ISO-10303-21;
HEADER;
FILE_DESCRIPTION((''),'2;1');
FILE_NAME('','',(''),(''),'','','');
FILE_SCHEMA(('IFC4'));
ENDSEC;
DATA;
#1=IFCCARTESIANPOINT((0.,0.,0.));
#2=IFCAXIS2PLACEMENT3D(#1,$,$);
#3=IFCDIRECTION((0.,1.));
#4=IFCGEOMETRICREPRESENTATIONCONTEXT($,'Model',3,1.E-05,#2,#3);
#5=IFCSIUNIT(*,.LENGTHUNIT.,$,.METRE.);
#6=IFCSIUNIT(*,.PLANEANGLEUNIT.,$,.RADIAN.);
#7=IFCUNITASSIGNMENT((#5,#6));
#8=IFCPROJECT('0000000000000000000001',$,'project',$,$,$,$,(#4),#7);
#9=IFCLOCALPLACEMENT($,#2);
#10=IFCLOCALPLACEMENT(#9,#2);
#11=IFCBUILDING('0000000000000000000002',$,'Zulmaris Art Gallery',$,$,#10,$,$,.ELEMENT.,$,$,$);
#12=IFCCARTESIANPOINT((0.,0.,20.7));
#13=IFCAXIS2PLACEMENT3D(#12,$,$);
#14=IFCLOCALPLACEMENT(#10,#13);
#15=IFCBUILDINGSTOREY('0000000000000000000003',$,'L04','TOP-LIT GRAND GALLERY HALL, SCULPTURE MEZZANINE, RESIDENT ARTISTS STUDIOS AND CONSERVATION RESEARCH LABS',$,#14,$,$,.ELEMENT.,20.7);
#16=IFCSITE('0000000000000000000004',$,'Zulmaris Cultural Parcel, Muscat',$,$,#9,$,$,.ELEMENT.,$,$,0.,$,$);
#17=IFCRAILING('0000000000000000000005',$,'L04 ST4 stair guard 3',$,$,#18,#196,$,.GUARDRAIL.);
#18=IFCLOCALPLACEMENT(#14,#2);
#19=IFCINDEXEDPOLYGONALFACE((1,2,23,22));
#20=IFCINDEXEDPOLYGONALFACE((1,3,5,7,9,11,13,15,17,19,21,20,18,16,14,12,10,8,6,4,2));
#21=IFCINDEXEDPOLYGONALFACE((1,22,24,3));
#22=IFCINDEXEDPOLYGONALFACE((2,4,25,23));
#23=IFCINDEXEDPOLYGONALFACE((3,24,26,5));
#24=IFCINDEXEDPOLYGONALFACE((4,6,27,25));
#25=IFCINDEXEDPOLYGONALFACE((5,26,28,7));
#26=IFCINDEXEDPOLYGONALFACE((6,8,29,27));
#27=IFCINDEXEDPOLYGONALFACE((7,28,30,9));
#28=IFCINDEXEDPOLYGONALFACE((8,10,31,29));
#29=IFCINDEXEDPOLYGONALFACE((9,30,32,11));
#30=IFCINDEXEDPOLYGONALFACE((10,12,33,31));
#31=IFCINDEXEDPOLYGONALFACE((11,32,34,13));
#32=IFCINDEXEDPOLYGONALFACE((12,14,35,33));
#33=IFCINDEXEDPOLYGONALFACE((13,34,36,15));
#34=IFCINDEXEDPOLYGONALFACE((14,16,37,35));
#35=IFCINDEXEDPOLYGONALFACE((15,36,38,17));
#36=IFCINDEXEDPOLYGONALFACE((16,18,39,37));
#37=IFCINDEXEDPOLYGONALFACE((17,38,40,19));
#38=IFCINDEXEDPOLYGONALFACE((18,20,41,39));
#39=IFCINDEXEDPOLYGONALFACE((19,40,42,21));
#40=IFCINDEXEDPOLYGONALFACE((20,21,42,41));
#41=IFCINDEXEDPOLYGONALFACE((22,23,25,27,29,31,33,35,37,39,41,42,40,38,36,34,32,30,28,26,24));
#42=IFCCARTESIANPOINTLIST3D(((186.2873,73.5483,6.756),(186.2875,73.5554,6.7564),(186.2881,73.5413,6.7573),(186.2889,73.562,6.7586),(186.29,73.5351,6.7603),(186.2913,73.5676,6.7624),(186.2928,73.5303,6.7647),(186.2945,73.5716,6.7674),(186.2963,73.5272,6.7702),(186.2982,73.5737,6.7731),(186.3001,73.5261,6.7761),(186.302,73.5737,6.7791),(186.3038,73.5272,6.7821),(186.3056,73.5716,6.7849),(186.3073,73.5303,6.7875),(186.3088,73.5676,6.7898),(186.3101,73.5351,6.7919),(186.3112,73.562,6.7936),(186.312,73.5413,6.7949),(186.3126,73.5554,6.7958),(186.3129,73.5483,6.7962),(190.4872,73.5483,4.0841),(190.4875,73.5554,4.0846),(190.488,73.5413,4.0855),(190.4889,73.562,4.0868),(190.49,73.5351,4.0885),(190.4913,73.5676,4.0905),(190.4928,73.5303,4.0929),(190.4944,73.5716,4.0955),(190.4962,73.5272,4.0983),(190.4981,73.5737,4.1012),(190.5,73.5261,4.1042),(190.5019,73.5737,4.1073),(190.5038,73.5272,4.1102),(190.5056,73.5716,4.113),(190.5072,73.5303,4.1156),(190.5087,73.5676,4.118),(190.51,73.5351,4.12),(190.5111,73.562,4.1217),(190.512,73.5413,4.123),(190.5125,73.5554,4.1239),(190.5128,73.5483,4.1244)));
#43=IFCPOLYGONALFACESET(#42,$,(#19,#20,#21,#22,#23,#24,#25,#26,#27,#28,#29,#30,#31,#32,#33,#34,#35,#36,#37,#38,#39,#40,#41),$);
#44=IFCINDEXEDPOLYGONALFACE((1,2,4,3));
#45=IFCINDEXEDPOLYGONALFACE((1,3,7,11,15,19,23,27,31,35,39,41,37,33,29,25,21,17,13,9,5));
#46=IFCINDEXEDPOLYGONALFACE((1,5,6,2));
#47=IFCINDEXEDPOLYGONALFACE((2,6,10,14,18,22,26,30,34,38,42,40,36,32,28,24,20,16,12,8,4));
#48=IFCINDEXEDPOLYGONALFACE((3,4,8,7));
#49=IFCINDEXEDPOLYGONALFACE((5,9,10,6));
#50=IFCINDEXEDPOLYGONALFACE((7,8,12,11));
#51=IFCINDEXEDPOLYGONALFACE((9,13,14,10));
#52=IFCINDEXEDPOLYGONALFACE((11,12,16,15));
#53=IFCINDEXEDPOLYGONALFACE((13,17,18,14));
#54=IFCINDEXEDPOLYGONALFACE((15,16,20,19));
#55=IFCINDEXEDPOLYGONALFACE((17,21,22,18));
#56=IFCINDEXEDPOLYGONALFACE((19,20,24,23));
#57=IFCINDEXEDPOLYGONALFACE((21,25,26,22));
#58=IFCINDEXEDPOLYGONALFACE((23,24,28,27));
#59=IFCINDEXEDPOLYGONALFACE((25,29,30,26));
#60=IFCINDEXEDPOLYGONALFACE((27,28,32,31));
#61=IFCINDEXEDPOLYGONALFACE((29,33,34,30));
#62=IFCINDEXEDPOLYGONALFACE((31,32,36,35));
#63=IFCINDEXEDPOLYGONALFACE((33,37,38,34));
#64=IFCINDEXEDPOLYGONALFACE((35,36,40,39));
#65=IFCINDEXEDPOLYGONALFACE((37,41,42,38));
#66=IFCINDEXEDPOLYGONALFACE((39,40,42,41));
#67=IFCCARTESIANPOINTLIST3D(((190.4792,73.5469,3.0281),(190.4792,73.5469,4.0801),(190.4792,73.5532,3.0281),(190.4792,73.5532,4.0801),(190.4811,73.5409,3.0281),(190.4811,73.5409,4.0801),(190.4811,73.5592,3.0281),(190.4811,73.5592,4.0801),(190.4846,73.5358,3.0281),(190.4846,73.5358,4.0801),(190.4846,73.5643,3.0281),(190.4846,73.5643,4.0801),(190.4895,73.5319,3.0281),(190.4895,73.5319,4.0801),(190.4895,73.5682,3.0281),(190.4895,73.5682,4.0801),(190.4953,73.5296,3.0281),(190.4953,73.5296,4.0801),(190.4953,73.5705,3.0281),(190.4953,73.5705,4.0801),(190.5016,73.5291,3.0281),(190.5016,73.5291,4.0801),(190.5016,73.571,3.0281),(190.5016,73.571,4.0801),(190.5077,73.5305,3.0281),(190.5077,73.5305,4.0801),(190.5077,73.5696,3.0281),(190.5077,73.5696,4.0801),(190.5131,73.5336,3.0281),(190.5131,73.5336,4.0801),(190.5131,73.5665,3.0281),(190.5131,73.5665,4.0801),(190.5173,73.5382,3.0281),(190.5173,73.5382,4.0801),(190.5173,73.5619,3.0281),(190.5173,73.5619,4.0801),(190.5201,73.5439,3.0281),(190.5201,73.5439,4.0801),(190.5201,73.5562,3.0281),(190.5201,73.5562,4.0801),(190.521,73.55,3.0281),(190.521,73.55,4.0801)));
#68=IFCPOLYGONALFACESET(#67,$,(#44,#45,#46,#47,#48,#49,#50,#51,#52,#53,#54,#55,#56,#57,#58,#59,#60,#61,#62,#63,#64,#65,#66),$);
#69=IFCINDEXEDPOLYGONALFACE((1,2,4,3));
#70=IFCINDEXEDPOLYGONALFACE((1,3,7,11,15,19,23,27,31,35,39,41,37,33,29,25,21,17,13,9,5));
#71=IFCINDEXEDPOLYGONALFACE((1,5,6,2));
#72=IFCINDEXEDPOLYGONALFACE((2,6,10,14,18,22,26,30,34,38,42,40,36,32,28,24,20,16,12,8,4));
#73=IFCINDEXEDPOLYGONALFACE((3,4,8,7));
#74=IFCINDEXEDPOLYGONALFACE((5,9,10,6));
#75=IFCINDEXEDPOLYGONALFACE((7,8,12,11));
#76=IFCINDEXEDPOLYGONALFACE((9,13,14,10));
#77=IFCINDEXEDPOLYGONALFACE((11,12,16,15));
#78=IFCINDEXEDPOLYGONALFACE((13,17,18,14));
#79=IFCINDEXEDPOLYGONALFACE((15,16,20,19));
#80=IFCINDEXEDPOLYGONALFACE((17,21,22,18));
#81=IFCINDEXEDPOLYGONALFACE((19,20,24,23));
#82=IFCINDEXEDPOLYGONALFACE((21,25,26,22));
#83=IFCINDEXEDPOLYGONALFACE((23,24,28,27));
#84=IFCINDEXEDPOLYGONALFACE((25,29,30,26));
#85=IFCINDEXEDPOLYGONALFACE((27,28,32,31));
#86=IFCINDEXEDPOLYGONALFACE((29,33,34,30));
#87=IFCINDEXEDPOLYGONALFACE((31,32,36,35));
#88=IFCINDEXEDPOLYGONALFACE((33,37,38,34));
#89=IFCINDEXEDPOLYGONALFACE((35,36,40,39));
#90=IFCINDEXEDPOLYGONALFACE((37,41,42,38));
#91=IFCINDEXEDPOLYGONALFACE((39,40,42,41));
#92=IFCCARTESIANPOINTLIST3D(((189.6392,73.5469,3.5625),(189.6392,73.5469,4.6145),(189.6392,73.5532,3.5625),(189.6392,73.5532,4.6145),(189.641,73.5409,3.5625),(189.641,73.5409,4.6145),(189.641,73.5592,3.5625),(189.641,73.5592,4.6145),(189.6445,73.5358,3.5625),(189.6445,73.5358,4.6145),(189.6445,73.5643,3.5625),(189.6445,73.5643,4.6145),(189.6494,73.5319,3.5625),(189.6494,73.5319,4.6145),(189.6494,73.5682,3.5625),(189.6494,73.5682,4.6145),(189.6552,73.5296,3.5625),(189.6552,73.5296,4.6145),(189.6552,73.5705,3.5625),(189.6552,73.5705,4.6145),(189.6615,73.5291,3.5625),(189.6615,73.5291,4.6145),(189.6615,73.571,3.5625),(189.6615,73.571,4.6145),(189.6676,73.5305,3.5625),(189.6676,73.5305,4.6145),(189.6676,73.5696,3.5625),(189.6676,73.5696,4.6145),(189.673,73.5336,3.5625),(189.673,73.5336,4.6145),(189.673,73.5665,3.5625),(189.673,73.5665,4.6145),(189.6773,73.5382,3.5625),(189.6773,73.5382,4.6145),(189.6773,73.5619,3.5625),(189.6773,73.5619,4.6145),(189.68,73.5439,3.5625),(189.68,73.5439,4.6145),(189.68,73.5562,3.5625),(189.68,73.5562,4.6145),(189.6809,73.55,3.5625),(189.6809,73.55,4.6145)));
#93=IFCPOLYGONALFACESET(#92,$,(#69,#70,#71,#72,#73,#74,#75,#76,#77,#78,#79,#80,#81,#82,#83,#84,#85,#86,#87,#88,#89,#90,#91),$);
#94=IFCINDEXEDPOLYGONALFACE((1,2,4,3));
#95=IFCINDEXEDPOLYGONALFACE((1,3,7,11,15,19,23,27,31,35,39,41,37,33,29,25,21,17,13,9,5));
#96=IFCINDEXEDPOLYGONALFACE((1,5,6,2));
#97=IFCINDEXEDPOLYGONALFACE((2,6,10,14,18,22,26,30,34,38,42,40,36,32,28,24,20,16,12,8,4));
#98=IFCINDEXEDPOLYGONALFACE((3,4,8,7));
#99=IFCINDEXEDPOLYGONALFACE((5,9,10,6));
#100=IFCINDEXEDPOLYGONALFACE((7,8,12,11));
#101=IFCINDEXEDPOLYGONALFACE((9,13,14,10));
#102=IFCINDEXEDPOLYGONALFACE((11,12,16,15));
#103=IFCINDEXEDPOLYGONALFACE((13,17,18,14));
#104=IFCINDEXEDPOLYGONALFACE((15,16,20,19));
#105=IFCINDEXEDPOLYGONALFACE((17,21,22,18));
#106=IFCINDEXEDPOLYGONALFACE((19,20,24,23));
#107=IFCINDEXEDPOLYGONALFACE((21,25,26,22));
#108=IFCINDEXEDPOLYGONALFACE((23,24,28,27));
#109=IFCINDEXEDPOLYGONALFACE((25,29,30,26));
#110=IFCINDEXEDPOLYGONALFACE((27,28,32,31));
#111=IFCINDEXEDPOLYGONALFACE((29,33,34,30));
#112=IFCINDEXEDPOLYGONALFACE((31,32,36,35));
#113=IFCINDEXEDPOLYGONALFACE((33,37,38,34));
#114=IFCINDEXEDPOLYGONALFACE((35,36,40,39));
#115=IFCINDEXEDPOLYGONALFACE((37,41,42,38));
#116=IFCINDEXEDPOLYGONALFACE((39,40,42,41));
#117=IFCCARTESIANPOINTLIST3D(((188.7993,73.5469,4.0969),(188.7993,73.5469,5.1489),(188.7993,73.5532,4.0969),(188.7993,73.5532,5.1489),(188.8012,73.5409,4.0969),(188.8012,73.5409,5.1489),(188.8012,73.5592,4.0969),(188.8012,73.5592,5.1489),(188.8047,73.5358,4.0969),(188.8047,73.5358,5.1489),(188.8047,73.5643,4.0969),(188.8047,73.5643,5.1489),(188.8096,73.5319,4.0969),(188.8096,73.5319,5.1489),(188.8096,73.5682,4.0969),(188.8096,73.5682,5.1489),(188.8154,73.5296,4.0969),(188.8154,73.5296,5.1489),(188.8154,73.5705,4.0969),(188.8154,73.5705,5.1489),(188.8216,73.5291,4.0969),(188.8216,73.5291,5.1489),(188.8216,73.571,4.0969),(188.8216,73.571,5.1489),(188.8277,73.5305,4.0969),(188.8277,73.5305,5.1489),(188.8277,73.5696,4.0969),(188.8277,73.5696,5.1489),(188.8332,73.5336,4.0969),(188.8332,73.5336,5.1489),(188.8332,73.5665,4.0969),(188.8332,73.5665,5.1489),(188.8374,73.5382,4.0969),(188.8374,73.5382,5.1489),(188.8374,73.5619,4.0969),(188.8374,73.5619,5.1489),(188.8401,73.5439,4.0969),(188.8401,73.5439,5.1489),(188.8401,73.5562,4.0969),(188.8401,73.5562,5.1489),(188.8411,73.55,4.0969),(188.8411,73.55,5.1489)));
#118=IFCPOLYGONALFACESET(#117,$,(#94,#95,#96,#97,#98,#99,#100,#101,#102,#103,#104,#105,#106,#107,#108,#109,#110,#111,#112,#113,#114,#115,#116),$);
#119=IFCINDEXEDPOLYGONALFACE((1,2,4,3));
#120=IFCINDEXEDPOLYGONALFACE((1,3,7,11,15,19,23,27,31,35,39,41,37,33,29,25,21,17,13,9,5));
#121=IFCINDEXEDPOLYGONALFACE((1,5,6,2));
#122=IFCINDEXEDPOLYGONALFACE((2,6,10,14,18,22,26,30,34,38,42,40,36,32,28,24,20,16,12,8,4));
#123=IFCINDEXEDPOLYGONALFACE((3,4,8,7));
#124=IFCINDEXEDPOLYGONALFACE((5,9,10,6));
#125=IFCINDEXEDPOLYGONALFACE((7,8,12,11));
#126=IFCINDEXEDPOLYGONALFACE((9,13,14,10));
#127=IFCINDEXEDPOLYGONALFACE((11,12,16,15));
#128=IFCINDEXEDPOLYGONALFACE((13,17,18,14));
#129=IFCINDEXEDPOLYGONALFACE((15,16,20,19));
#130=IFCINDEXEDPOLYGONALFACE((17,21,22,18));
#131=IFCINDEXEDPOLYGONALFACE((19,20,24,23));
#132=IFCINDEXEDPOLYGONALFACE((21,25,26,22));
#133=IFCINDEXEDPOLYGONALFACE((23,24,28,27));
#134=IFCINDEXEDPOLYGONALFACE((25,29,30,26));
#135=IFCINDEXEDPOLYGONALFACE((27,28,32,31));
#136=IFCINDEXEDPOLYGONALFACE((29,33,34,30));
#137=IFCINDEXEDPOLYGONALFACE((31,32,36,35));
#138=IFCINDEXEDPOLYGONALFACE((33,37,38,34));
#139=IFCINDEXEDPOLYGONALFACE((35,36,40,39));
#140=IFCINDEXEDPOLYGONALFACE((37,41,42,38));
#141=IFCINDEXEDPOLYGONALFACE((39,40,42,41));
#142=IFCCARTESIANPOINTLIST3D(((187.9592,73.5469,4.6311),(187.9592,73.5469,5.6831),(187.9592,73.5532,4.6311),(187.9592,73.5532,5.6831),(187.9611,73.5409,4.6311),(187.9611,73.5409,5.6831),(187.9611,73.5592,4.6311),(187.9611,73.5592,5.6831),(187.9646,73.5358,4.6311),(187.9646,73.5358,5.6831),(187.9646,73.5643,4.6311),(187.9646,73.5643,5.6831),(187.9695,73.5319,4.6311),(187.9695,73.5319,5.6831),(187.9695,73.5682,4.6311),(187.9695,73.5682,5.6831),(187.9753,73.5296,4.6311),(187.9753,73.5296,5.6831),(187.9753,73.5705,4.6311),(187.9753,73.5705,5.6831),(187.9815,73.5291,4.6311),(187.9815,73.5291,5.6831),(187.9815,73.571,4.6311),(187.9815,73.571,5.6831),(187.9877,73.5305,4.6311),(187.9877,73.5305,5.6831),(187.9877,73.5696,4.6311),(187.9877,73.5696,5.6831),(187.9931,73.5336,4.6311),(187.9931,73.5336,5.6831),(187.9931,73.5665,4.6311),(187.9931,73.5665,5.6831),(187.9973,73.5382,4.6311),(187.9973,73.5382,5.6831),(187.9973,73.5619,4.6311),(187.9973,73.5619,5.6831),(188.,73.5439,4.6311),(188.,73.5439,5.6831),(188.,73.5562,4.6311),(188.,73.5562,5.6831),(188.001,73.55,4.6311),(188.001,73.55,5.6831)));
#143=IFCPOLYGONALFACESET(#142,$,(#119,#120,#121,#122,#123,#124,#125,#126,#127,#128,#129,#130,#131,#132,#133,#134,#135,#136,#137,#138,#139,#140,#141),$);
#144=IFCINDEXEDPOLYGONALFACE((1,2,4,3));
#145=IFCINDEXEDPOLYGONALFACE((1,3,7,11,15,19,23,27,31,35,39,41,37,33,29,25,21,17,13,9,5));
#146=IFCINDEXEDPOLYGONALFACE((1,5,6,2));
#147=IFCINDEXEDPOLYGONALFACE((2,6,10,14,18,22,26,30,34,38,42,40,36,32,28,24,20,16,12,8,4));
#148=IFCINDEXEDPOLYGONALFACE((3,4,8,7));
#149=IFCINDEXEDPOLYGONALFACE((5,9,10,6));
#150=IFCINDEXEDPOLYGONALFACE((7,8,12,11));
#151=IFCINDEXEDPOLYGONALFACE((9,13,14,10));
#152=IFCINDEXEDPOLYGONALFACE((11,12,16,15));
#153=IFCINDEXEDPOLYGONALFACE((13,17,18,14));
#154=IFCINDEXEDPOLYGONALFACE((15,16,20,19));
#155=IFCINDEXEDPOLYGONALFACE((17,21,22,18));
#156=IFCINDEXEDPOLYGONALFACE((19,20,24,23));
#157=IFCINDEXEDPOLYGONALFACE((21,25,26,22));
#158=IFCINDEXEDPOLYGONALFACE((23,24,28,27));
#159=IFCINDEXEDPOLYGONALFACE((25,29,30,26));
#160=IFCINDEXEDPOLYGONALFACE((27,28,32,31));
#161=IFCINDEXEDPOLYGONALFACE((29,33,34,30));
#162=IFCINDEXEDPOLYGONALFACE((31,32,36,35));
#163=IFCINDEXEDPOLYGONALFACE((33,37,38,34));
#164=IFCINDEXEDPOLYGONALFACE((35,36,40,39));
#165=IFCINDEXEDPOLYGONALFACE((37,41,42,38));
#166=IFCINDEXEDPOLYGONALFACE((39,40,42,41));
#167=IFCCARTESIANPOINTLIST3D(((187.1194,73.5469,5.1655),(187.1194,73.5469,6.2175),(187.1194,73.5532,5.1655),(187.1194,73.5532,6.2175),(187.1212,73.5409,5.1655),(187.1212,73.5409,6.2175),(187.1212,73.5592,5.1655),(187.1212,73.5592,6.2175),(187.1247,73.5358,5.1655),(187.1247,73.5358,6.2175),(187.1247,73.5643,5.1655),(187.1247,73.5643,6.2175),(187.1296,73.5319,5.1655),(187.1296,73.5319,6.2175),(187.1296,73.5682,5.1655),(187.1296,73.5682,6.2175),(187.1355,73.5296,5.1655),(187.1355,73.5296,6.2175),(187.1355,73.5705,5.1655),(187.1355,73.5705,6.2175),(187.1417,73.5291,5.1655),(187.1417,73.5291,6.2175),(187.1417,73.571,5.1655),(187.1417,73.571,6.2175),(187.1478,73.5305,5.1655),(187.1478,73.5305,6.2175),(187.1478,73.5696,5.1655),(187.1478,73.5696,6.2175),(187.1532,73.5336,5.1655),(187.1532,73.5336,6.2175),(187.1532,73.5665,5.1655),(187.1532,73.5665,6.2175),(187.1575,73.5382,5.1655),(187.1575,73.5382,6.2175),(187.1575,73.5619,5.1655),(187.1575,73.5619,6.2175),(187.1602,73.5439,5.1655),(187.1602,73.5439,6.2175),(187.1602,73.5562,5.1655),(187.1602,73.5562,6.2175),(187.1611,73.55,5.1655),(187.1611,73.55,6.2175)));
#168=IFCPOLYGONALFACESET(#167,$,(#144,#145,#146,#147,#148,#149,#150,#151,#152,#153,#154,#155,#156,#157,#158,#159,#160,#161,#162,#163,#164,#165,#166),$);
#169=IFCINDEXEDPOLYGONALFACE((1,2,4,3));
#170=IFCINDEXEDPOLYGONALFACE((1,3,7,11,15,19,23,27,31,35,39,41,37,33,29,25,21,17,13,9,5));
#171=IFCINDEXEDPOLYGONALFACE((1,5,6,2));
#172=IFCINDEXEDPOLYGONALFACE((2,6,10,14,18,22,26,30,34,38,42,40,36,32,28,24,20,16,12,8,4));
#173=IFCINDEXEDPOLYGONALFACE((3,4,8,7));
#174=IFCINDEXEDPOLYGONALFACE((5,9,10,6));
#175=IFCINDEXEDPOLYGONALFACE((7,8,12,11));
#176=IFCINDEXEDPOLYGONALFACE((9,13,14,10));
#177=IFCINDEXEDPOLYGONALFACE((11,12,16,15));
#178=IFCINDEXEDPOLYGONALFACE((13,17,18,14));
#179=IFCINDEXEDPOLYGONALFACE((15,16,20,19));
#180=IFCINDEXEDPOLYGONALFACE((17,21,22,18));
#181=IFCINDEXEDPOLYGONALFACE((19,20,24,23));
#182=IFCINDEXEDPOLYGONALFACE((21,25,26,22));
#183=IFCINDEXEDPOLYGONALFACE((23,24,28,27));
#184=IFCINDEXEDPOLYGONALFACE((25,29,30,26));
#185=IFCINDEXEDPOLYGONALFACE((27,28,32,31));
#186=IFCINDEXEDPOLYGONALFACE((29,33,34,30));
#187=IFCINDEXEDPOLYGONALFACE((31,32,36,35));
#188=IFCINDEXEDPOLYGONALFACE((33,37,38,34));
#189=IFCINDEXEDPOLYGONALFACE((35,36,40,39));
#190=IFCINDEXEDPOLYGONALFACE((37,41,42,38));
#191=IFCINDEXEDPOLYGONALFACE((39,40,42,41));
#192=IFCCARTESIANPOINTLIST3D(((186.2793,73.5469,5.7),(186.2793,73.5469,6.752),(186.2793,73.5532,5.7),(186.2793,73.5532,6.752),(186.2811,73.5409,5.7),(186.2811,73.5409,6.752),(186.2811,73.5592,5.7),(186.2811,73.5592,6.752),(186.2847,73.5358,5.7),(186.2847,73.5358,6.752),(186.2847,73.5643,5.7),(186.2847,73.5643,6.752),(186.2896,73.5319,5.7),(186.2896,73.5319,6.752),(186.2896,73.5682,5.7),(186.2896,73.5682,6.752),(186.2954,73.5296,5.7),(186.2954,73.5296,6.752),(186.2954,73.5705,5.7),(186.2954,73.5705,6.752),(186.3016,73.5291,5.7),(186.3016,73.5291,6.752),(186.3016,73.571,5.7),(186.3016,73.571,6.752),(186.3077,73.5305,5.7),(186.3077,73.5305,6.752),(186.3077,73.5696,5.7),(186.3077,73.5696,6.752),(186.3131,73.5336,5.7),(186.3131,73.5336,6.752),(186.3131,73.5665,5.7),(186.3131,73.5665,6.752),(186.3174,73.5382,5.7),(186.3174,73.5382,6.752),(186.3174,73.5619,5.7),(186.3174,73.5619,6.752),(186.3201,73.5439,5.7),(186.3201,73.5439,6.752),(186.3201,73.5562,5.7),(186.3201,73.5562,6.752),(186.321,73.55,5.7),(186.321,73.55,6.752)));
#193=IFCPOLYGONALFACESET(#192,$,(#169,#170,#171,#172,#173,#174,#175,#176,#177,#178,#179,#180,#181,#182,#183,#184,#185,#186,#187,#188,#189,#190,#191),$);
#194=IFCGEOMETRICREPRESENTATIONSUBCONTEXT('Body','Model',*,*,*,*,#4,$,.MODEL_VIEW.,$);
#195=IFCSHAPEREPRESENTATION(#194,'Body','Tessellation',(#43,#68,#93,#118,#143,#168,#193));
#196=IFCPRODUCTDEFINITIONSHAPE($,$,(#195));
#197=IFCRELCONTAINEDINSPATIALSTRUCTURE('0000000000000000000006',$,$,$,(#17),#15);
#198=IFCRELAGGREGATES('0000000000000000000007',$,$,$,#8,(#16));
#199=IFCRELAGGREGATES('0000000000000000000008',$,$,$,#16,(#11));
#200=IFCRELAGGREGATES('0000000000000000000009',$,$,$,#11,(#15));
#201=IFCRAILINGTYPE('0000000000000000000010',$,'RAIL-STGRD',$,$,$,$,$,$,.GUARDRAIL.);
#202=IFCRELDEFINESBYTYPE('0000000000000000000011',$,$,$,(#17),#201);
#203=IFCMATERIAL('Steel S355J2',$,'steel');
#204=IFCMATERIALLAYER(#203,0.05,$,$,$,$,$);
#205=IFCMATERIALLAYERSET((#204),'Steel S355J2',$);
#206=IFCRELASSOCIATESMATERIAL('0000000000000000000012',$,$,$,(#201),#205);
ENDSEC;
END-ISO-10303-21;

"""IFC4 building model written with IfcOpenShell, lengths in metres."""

from ifc_helpers import new_model, si_unit, direction, frame, origin, origin_2d, place, context, subcontext, project, spatial, circle, extrude, material, layer, layer_set, type_object, element, save


model = new_model("IFC4")

# Units and contexts
model_context = context("Model", 3, precision=1e-05, world=origin(), true_north=direction((0.0, 1.0)))
body_context = subcontext(model_context, "Body", "Model", "MODEL_VIEW")
ifc_project = project(units=[si_unit("LENGTHUNIT", "METRE"), si_unit("PLANEANGLEUNIT", "RADIAN")], contexts=[model_context])

# Site, building, storey
site_placement = place(None, origin())
site = spatial("IfcSite", under=ifc_project, at=site_placement, Name="Zulmaris Cultural Parcel, Muscat", CompositionType="ELEMENT", RefElevation=0.0)
building_placement = place(site_placement, origin())
building = spatial("IfcBuilding", under=site, at=building_placement, Name="Zulmaris Art Gallery", CompositionType="ELEMENT")
storey_placement = place(building_placement, frame((0.0, 0.0, 20.7)))
storey = spatial("IfcBuildingStorey", under=building, at=storey_placement, Name="L04", Description="TOP-LIT GRAND GALLERY HALL, SCULPTURE MEZZANINE, RESIDENT ARTISTS STUDIOS AND CONSERVATION RESEARCH LABS", CompositionType="ELEMENT", Elevation=20.7)

# Shared definitions
ifc_material_1 = material(Name="Steel S355J2", Category="steel")

# Railing
ifc_layer_1 = layer(ifc_material_1, 0.05)
ifc_layer_set_1 = layer_set([ifc_layer_1], Name="Steel S355J2")
railing_type_1 = type_object("IfcRailingType", Name="RAIL-STGRD", PredefinedType="GUARDRAIL", material=ifc_layer_set_1)
railing_1_placement = place(storey_placement, frame((190.5, 73.55, 3.0281)))
element("IfcRailing", 1, at=railing_1_placement, inside=storey, type_object=railing_type_1, Name="L04 ST4 stair guard 3", PredefinedType="GUARDRAIL", context=body_context, shape_type="SweptSolid", body=[
    extrude(circle(Radius=0.0239, at=origin_2d()), frame((0.0, 0.0, 1.0762), z_axis=(-0.843736, 0.0, 0.536758), x_axis=(0.0, -1.0, 0.0)), (0.0, 0.0, 1.0), 4.9778),
    extrude(circle(Radius=0.021, at=origin_2d()), origin(), (0.0, 0.0, 1.0), 1.052),
    extrude(circle(Radius=0.021, at=origin_2d()), frame((-0.8401, 0.0, 0.5344)), (0.0, 0.0, 1.0), 1.052),
    extrude(circle(Radius=0.021, at=origin_2d()), frame((-1.6799, 0.0, 1.0688)), (0.0, 0.0, 1.0), 1.052),
    extrude(circle(Radius=0.021, at=origin_2d()), frame((-2.52, 0.0, 1.603)), (0.0, 0.0, 1.0), 1.052),
    extrude(circle(Radius=0.021, at=origin_2d()), frame((-3.3599, 0.0, 2.1375)), (0.0, 0.0, 1.0), 1.052),
    extrude(circle(Radius=0.021, at=origin_2d()), frame((-4.2, 0.0, 2.6719)), (0.0, 0.0, 1.0), 1.052),
])

save(model, "model.ifc")
